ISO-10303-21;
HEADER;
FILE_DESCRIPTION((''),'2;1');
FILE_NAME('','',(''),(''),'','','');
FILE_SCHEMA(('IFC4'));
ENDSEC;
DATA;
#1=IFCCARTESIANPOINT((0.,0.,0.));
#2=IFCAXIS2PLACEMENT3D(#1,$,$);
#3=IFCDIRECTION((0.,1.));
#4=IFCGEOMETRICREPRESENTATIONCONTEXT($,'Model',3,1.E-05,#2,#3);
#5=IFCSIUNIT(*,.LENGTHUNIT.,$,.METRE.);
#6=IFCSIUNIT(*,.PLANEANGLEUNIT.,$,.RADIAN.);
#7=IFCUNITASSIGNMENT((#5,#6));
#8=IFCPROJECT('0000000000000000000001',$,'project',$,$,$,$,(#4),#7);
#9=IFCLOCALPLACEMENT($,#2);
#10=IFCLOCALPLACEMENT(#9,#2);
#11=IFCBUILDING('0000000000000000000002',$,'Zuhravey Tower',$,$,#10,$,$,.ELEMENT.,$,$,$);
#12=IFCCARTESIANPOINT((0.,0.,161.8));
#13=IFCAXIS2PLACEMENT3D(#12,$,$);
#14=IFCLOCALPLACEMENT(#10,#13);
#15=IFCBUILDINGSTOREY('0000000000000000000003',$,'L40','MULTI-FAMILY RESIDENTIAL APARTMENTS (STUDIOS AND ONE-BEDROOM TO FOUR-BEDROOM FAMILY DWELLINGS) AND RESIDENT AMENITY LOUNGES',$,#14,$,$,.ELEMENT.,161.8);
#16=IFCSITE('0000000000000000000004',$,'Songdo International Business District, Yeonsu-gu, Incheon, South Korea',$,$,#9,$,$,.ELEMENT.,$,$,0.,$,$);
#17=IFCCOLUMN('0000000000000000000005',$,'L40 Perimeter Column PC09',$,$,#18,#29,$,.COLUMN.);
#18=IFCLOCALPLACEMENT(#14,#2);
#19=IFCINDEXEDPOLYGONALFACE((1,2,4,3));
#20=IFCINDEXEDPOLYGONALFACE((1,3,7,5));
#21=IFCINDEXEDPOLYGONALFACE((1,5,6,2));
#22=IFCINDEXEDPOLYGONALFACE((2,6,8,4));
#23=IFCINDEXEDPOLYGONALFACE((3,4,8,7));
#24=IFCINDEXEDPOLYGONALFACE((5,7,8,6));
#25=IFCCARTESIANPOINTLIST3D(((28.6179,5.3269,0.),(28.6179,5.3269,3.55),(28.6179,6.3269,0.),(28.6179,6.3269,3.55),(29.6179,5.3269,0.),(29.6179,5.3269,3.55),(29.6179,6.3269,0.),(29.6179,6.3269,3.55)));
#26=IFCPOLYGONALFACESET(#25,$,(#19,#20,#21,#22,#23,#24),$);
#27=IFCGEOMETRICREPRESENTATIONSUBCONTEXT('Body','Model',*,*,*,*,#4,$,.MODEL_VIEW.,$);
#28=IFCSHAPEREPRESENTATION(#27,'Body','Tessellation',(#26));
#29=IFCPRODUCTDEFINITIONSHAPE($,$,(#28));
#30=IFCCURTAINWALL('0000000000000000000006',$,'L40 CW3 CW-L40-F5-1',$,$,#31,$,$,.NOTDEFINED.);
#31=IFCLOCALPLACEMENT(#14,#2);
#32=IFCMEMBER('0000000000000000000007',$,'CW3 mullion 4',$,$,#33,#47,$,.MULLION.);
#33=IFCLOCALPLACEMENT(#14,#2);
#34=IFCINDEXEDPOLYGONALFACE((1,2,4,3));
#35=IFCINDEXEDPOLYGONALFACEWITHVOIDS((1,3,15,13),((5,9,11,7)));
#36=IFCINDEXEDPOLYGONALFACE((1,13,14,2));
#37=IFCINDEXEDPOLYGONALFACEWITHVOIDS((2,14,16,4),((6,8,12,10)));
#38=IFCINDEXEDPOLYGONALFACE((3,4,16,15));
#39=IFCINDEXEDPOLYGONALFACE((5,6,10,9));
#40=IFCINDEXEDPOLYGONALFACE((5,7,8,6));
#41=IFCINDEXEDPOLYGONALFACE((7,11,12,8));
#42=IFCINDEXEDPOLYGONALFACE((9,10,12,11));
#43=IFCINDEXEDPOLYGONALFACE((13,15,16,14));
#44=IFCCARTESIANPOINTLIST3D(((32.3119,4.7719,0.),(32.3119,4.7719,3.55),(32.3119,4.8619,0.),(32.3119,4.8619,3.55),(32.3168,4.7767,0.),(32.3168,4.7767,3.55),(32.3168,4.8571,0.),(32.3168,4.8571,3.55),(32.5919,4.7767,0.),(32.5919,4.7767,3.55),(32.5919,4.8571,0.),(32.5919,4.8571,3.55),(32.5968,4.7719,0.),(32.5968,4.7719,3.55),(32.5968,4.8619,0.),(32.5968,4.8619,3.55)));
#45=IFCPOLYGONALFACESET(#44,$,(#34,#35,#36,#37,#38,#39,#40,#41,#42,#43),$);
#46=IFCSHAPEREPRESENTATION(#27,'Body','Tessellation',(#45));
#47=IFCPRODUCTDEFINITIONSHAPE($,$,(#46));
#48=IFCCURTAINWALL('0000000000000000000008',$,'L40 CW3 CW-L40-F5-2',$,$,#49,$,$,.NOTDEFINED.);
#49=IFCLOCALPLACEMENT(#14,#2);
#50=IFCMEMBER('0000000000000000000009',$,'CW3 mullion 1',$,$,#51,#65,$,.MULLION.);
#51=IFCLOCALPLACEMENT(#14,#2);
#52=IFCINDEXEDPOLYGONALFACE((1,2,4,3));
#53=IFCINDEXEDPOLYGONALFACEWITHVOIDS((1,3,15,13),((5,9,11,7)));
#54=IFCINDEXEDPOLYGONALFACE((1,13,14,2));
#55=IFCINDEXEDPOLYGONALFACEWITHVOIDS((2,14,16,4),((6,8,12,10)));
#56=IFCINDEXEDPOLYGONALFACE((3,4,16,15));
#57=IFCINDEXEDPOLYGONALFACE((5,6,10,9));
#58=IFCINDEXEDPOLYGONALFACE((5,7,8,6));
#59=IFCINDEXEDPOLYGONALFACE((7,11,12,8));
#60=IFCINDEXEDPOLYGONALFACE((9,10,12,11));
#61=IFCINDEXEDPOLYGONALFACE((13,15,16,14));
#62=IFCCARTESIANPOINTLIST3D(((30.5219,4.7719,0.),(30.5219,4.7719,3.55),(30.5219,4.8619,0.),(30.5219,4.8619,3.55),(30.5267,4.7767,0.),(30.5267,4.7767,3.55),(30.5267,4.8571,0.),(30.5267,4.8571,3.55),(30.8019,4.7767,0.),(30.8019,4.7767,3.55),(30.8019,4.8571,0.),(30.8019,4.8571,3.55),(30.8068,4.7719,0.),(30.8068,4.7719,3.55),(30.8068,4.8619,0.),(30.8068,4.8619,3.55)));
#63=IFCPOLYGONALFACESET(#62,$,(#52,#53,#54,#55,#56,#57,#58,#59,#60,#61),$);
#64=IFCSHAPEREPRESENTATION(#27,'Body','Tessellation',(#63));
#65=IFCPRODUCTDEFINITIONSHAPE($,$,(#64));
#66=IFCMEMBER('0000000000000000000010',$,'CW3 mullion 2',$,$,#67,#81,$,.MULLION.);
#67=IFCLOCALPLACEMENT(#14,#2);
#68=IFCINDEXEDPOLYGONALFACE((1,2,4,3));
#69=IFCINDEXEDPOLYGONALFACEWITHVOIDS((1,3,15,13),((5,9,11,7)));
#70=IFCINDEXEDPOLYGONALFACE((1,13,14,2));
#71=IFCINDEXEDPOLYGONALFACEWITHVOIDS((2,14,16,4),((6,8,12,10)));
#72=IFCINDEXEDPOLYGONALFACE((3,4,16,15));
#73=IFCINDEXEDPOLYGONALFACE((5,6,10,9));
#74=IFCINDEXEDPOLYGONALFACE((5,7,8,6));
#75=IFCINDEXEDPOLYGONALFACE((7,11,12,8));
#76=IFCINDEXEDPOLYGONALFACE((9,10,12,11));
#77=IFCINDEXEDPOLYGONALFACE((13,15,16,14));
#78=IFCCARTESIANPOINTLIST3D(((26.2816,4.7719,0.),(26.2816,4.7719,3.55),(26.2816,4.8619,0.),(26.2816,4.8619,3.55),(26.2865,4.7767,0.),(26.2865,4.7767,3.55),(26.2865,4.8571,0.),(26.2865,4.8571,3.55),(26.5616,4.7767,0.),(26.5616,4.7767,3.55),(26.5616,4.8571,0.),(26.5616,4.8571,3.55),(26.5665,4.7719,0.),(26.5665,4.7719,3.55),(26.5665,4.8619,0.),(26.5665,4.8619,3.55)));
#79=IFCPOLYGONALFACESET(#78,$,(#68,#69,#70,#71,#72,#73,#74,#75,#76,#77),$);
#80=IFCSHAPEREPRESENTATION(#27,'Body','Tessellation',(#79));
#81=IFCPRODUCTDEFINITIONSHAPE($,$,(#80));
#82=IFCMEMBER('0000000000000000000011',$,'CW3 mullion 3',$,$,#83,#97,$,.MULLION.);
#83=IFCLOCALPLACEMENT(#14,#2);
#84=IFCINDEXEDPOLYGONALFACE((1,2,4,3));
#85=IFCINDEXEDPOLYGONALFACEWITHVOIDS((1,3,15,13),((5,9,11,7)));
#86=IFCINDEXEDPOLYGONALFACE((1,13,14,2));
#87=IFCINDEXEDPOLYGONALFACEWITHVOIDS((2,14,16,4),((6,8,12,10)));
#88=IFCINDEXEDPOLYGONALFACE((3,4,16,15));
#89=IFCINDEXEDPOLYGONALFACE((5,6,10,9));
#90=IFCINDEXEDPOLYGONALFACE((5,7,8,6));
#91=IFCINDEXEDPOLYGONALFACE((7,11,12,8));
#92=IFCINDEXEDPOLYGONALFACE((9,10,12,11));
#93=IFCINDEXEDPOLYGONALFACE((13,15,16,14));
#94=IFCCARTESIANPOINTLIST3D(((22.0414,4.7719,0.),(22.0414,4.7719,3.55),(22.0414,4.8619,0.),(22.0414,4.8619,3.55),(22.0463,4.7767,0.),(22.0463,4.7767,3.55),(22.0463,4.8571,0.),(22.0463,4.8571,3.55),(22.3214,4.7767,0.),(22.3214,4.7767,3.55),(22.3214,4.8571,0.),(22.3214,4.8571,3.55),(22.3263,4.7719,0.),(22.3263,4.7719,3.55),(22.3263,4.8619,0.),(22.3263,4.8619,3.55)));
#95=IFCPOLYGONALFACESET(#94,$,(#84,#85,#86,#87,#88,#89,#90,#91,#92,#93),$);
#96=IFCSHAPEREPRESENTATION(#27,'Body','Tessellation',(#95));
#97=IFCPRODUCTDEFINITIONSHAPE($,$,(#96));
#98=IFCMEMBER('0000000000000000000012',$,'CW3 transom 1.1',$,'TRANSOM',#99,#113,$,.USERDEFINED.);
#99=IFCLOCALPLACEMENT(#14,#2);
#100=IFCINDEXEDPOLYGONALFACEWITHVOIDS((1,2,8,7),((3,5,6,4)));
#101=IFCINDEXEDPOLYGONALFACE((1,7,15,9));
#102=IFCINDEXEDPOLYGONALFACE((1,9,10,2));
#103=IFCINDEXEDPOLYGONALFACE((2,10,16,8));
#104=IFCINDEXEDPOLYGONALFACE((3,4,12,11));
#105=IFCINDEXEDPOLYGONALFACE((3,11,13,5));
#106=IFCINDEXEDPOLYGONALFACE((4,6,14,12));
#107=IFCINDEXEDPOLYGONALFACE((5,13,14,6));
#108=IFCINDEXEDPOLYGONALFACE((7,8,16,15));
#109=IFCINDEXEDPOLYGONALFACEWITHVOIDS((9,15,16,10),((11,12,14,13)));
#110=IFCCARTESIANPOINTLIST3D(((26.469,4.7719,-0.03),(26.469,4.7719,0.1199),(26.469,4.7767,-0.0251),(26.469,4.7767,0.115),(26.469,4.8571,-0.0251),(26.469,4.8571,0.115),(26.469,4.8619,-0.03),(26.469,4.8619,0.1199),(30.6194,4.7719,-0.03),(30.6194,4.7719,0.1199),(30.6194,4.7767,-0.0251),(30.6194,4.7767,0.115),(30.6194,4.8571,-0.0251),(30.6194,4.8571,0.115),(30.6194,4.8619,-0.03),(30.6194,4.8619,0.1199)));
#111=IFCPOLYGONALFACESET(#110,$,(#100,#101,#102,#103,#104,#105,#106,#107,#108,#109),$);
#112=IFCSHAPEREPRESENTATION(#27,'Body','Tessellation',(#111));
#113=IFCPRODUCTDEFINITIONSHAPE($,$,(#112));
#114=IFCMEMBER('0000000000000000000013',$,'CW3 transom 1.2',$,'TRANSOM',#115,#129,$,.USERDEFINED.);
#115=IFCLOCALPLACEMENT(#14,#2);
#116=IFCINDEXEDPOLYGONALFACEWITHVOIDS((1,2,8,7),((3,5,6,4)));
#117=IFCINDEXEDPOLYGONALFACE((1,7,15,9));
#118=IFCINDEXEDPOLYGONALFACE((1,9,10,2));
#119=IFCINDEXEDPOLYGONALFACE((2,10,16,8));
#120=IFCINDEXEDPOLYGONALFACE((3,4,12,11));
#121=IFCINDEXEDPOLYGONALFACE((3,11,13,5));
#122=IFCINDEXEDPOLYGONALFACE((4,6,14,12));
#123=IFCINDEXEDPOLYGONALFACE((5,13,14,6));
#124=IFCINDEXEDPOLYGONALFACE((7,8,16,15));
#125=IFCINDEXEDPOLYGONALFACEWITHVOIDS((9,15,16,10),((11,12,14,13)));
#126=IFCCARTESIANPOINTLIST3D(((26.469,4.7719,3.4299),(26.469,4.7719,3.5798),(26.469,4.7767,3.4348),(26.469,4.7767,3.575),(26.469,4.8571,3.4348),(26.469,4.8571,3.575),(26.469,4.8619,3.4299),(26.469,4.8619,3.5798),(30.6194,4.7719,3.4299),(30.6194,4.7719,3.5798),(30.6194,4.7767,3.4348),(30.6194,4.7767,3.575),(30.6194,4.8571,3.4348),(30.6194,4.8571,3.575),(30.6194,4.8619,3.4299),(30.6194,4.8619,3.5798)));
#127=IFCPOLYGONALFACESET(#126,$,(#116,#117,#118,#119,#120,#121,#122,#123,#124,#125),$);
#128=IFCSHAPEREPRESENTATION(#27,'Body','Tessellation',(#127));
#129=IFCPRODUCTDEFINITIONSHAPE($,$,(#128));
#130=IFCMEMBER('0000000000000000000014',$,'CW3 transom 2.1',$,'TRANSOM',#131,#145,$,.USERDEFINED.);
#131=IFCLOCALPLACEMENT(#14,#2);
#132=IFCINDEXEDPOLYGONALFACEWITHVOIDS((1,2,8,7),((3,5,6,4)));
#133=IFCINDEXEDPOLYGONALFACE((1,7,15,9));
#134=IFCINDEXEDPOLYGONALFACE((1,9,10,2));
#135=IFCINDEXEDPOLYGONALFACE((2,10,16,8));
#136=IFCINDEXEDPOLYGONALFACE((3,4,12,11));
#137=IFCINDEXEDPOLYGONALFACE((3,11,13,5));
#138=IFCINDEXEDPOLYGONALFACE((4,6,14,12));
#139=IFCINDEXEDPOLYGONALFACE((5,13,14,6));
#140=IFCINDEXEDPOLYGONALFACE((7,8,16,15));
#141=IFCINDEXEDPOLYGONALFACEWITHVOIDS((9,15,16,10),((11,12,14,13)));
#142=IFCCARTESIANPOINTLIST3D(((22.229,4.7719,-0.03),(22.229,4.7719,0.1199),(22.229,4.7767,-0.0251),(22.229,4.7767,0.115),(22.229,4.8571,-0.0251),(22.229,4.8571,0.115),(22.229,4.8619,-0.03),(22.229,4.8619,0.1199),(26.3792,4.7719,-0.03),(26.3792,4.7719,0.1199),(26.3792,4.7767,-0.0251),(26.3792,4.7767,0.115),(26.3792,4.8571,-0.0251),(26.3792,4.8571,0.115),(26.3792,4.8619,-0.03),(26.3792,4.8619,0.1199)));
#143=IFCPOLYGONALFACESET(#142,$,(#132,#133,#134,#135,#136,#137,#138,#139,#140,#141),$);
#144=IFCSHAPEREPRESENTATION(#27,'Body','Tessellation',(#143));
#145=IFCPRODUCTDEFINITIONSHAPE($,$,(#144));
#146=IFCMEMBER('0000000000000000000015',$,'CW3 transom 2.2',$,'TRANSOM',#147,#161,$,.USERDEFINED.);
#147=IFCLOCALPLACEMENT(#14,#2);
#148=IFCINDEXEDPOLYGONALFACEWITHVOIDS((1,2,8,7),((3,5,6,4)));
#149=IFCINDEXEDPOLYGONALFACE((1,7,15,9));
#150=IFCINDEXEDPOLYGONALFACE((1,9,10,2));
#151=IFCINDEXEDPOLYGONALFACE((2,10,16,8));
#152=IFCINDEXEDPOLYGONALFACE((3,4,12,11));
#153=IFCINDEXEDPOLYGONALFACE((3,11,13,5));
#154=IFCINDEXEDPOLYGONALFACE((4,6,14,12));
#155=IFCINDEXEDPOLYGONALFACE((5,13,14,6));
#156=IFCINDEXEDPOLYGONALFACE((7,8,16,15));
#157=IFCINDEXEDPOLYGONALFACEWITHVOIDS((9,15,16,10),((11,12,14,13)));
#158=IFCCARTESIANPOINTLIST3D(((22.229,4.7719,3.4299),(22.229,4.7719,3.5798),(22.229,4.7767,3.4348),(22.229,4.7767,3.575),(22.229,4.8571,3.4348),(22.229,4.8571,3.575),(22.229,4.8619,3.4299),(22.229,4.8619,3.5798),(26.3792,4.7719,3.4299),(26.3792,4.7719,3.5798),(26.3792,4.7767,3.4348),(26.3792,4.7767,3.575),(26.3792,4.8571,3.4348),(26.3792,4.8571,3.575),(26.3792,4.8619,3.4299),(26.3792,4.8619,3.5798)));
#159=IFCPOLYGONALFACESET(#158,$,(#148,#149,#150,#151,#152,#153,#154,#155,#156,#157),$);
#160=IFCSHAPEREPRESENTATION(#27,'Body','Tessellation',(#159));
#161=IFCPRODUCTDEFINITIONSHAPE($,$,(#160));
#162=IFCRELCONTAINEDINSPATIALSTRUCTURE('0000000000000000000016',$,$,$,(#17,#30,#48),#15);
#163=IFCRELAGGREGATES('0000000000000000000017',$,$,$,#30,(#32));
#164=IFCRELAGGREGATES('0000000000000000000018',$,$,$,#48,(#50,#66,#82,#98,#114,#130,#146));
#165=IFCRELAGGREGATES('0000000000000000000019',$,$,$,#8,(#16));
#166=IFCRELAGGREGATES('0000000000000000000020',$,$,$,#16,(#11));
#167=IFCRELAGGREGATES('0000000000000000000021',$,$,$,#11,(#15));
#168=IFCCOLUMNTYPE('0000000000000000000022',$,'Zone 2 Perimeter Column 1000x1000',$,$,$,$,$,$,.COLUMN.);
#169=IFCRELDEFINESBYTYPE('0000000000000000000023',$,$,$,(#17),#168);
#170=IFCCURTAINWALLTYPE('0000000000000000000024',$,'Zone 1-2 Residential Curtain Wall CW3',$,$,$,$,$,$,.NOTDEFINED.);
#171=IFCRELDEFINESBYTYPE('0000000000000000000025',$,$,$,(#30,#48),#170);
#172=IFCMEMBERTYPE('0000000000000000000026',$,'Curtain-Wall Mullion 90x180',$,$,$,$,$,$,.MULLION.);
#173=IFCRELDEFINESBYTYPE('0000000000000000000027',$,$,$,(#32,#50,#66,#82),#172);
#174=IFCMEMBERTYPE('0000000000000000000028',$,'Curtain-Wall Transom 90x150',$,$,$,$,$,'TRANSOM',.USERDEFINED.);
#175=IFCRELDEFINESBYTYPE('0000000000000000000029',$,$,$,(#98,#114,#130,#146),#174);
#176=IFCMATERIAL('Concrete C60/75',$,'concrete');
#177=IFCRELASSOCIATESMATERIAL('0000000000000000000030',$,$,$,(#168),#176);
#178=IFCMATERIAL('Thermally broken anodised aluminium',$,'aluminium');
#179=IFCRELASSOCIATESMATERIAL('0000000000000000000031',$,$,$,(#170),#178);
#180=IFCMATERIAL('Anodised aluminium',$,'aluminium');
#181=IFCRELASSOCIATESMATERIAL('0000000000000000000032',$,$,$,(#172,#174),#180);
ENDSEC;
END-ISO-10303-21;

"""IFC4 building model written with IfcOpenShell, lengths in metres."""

from ifc_helpers import new_model, si_unit, direction, frame, origin, origin_2d, place, context, subcontext, project, spatial, rectangle, hollow_rectangle, extrude, material, material_profile, profile_set, type_object, element, aggregate, save


model = new_model("IFC4")

# Units and contexts
model_context = context("Model", 3, precision=1e-05, world=origin(), true_north=direction((0.0, 1.0)))
body_context = subcontext(model_context, "Body", "Model", "MODEL_VIEW")
ifc_project = project(units=[si_unit("LENGTHUNIT", "METRE"), si_unit("PLANEANGLEUNIT", "RADIAN")], contexts=[model_context])

# Site, building, storey
site_placement = place(None, origin())
site = spatial("IfcSite", under=ifc_project, at=site_placement, Name="Songdo International Business District, Yeonsu-gu, Incheon, South Korea", CompositionType="ELEMENT", RefElevation=0.0)
building_placement = place(site_placement, origin())
building = spatial("IfcBuilding", under=site, at=building_placement, Name="Zuhravey Tower", CompositionType="ELEMENT")
storey_placement = place(building_placement, frame((0.0, 0.0, 161.8)))
storey = spatial("IfcBuildingStorey", under=building, at=storey_placement, Name="L40", Description="MULTI-FAMILY RESIDENTIAL APARTMENTS (STUDIOS AND ONE-BEDROOM TO FOUR-BEDROOM FAMILY DWELLINGS) AND RESIDENT AMENITY LOUNGES", CompositionType="ELEMENT", Elevation=161.8)

# Column
ifc_material_1 = material(Name="Concrete C60/75", Category="concrete")
ifc_material_profile_1 = material_profile(ifc_material_1, rectangle(XDim=1.0, YDim=1.0, at=origin_2d()), Name="RC-1000x1000")
ifc_profile_set_1 = profile_set([ifc_material_profile_1], Name="Concrete C60/75")
column_type = type_object("IfcColumnType", Name="Zone 2 Perimeter Column 1000x1000", PredefinedType="COLUMN", material=ifc_profile_set_1)
column_placement = place(storey_placement, frame((29.1179, 5.8269, 0.0), z_axis=(0.0, 0.0, 1.0), x_axis=(1.0, 0.0, 0.0)))
element("IfcColumn", 1, at=column_placement, inside=storey, type_object=column_type, Name="L40 Perimeter Column PC09", PredefinedType="COLUMN", context=body_context, shape_type="SweptSolid", body=[
    extrude(rectangle(XDim=1.0, YDim=1.0, at=origin_2d()), origin(), (0.0, 0.0, 1.0), 3.55),
])

# Curtain wall, member
ifc_material_2 = material(Name="Thermally broken anodised aluminium", Category="aluminium")
curtain_wall_type = type_object("IfcCurtainWallType", Name="Zone 1-2 Residential Curtain Wall CW3", PredefinedType="NOTDEFINED", material=ifc_material_2)
curtain_wall_1_placement = place(storey_placement, origin())
curtain_wall_1 = element("IfcCurtainWall", 2, at=curtain_wall_1_placement, inside=storey, type_object=curtain_wall_type, Name="L40 CW3 CW-L40-F5-1", PredefinedType="NOTDEFINED")
ifc_material_3 = material(Name="Anodised aluminium", Category="aluminium")
ifc_material_profile_2 = material_profile(ifc_material_3, hollow_rectangle(XDim=0.0901, YDim=0.2849, WallThickness=0.0049, at=origin_2d()), Name="ALU-RHS-90x285x5")
ifc_profile_set_2 = profile_set([ifc_material_profile_2], Name="Anodised aluminium")
member_type_1 = type_object("IfcMemberType", Name="Curtain-Wall Mullion 90x180", PredefinedType="MULLION", material=ifc_profile_set_2)
member_1_placement = place(storey_placement, frame((32.4543, 4.8169, 0.0), z_axis=(0.0, 0.0, 1.0), x_axis=(0.0, -1.0, 0.0)))
member_1 = element("IfcMember", 3, at=member_1_placement, type_object=member_type_1, Name="CW3 mullion 4", PredefinedType="MULLION", context=body_context, shape_type="SweptSolid", body=[
    extrude(hollow_rectangle(XDim=0.0901, YDim=0.2849, WallThickness=0.0049, at=origin_2d()), origin(), (0.0, 0.0, 1.0), 3.55),
])
aggregate(curtain_wall_1, [member_1])

# Curtain wall, members
curtain_wall_2_placement = place(storey_placement, origin())
curtain_wall_2 = element("IfcCurtainWall", 4, at=curtain_wall_2_placement, inside=storey, type_object=curtain_wall_type, Name="L40 CW3 CW-L40-F5-2", PredefinedType="NOTDEFINED")
member_2_placement = place(storey_placement, frame((30.6643, 4.8169, 0.0), z_axis=(0.0, 0.0, 1.0), x_axis=(0.0, -1.0, 0.0)))
member_2 = element("IfcMember", 5, at=member_2_placement, type_object=member_type_1, Name="CW3 mullion 1", PredefinedType="MULLION", context=body_context, shape_type="SweptSolid", body=[
    extrude(hollow_rectangle(XDim=0.0901, YDim=0.2849, WallThickness=0.0049, at=origin_2d()), origin(), (0.0, 0.0, 1.0), 3.55),
])
member_3_placement = place(storey_placement, frame((26.4241, 4.8169, 0.0), z_axis=(0.0, 0.0, 1.0), x_axis=(0.0, -1.0, 0.0)))
member_3 = element("IfcMember", 6, at=member_3_placement, type_object=member_type_1, Name="CW3 mullion 2", PredefinedType="MULLION", context=body_context, shape_type="SweptSolid", body=[
    extrude(hollow_rectangle(XDim=0.0901, YDim=0.2849, WallThickness=0.0049, at=origin_2d()), origin(), (0.0, 0.0, 1.0), 3.55),
])
member_4_placement = place(storey_placement, frame((22.1838, 4.8169, 0.0), z_axis=(0.0, 0.0, 1.0), x_axis=(0.0, -1.0, 0.0)))
member_4 = element("IfcMember", 7, at=member_4_placement, type_object=member_type_1, Name="CW3 mullion 3", PredefinedType="MULLION", context=body_context, shape_type="SweptSolid", body=[
    extrude(hollow_rectangle(XDim=0.0901, YDim=0.2849, WallThickness=0.0049, at=origin_2d()), origin(), (0.0, 0.0, 1.0), 3.55),
])
ifc_material_profile_3 = material_profile(ifc_material_3, hollow_rectangle(XDim=0.0901, YDim=0.1499, WallThickness=0.0049, at=origin_2d()), Name="ALU-RHS-90x150x5")
ifc_profile_set_3 = profile_set([ifc_material_profile_3], Name="Anodised aluminium")
member_type_2 = type_object("IfcMemberType", Name="Curtain-Wall Transom 90x150", ElementType="TRANSOM", PredefinedType="USERDEFINED", material=ifc_profile_set_3)
member_5_placement = place(storey_placement, frame((30.6194, 4.8169, 0.0449), z_axis=(-1.0, 0.0, 0.0), x_axis=(0.0, -1.0, 0.0)))
member_5 = element("IfcMember", 8, at=member_5_placement, type_object=member_type_2, Name="CW3 transom 1.1", ObjectType="TRANSOM", PredefinedType="USERDEFINED", context=body_context, shape_type="SweptSolid", body=[
    extrude(hollow_rectangle(XDim=0.0901, YDim=0.1499, WallThickness=0.0049, at=origin_2d()), origin(), (0.0, 0.0, 1.0), 4.1504),
])
member_6_placement = place(storey_placement, frame((30.6194, 4.8169, 3.5049), z_axis=(-1.0, 0.0, 0.0), x_axis=(0.0, -1.0, 0.0)))
member_6 = element("IfcMember", 9, at=member_6_placement, type_object=member_type_2, Name="CW3 transom 1.2", ObjectType="TRANSOM", PredefinedType="USERDEFINED", context=body_context, shape_type="SweptSolid", body=[
    extrude(hollow_rectangle(XDim=0.0901, YDim=0.1499, WallThickness=0.0049, at=origin_2d()), origin(), (0.0, 0.0, 1.0), 4.1504),
])
member_7_placement = place(storey_placement, frame((26.3792, 4.8169, 0.0449), z_axis=(-1.0, 0.0, 0.0), x_axis=(0.0, -1.0, 0.0)))
member_7 = element("IfcMember", 10, at=member_7_placement, type_object=member_type_2, Name="CW3 transom 2.1", ObjectType="TRANSOM", PredefinedType="USERDEFINED", context=body_context, shape_type="SweptSolid", body=[
    extrude(hollow_rectangle(XDim=0.0901, YDim=0.1499, WallThickness=0.0049, at=origin_2d()), origin(), (0.0, 0.0, 1.0), 4.1501),
])
member_8_placement = place(storey_placement, frame((26.3792, 4.8169, 3.5049), z_axis=(-1.0, 0.0, 0.0), x_axis=(0.0, -1.0, 0.0)))
member_8 = element("IfcMember", 11, at=member_8_placement, type_object=member_type_2, Name="CW3 transom 2.2", ObjectType="TRANSOM", PredefinedType="USERDEFINED", context=body_context, shape_type="SweptSolid", body=[
    extrude(hollow_rectangle(XDim=0.0901, YDim=0.1499, WallThickness=0.0049, at=origin_2d()), origin(), (0.0, 0.0, 1.0), 4.1501),
])

aggregate(curtain_wall_2, [member_2, member_3, member_4, member_5, member_6, member_7, member_8])

save(model, "model.ifc")
